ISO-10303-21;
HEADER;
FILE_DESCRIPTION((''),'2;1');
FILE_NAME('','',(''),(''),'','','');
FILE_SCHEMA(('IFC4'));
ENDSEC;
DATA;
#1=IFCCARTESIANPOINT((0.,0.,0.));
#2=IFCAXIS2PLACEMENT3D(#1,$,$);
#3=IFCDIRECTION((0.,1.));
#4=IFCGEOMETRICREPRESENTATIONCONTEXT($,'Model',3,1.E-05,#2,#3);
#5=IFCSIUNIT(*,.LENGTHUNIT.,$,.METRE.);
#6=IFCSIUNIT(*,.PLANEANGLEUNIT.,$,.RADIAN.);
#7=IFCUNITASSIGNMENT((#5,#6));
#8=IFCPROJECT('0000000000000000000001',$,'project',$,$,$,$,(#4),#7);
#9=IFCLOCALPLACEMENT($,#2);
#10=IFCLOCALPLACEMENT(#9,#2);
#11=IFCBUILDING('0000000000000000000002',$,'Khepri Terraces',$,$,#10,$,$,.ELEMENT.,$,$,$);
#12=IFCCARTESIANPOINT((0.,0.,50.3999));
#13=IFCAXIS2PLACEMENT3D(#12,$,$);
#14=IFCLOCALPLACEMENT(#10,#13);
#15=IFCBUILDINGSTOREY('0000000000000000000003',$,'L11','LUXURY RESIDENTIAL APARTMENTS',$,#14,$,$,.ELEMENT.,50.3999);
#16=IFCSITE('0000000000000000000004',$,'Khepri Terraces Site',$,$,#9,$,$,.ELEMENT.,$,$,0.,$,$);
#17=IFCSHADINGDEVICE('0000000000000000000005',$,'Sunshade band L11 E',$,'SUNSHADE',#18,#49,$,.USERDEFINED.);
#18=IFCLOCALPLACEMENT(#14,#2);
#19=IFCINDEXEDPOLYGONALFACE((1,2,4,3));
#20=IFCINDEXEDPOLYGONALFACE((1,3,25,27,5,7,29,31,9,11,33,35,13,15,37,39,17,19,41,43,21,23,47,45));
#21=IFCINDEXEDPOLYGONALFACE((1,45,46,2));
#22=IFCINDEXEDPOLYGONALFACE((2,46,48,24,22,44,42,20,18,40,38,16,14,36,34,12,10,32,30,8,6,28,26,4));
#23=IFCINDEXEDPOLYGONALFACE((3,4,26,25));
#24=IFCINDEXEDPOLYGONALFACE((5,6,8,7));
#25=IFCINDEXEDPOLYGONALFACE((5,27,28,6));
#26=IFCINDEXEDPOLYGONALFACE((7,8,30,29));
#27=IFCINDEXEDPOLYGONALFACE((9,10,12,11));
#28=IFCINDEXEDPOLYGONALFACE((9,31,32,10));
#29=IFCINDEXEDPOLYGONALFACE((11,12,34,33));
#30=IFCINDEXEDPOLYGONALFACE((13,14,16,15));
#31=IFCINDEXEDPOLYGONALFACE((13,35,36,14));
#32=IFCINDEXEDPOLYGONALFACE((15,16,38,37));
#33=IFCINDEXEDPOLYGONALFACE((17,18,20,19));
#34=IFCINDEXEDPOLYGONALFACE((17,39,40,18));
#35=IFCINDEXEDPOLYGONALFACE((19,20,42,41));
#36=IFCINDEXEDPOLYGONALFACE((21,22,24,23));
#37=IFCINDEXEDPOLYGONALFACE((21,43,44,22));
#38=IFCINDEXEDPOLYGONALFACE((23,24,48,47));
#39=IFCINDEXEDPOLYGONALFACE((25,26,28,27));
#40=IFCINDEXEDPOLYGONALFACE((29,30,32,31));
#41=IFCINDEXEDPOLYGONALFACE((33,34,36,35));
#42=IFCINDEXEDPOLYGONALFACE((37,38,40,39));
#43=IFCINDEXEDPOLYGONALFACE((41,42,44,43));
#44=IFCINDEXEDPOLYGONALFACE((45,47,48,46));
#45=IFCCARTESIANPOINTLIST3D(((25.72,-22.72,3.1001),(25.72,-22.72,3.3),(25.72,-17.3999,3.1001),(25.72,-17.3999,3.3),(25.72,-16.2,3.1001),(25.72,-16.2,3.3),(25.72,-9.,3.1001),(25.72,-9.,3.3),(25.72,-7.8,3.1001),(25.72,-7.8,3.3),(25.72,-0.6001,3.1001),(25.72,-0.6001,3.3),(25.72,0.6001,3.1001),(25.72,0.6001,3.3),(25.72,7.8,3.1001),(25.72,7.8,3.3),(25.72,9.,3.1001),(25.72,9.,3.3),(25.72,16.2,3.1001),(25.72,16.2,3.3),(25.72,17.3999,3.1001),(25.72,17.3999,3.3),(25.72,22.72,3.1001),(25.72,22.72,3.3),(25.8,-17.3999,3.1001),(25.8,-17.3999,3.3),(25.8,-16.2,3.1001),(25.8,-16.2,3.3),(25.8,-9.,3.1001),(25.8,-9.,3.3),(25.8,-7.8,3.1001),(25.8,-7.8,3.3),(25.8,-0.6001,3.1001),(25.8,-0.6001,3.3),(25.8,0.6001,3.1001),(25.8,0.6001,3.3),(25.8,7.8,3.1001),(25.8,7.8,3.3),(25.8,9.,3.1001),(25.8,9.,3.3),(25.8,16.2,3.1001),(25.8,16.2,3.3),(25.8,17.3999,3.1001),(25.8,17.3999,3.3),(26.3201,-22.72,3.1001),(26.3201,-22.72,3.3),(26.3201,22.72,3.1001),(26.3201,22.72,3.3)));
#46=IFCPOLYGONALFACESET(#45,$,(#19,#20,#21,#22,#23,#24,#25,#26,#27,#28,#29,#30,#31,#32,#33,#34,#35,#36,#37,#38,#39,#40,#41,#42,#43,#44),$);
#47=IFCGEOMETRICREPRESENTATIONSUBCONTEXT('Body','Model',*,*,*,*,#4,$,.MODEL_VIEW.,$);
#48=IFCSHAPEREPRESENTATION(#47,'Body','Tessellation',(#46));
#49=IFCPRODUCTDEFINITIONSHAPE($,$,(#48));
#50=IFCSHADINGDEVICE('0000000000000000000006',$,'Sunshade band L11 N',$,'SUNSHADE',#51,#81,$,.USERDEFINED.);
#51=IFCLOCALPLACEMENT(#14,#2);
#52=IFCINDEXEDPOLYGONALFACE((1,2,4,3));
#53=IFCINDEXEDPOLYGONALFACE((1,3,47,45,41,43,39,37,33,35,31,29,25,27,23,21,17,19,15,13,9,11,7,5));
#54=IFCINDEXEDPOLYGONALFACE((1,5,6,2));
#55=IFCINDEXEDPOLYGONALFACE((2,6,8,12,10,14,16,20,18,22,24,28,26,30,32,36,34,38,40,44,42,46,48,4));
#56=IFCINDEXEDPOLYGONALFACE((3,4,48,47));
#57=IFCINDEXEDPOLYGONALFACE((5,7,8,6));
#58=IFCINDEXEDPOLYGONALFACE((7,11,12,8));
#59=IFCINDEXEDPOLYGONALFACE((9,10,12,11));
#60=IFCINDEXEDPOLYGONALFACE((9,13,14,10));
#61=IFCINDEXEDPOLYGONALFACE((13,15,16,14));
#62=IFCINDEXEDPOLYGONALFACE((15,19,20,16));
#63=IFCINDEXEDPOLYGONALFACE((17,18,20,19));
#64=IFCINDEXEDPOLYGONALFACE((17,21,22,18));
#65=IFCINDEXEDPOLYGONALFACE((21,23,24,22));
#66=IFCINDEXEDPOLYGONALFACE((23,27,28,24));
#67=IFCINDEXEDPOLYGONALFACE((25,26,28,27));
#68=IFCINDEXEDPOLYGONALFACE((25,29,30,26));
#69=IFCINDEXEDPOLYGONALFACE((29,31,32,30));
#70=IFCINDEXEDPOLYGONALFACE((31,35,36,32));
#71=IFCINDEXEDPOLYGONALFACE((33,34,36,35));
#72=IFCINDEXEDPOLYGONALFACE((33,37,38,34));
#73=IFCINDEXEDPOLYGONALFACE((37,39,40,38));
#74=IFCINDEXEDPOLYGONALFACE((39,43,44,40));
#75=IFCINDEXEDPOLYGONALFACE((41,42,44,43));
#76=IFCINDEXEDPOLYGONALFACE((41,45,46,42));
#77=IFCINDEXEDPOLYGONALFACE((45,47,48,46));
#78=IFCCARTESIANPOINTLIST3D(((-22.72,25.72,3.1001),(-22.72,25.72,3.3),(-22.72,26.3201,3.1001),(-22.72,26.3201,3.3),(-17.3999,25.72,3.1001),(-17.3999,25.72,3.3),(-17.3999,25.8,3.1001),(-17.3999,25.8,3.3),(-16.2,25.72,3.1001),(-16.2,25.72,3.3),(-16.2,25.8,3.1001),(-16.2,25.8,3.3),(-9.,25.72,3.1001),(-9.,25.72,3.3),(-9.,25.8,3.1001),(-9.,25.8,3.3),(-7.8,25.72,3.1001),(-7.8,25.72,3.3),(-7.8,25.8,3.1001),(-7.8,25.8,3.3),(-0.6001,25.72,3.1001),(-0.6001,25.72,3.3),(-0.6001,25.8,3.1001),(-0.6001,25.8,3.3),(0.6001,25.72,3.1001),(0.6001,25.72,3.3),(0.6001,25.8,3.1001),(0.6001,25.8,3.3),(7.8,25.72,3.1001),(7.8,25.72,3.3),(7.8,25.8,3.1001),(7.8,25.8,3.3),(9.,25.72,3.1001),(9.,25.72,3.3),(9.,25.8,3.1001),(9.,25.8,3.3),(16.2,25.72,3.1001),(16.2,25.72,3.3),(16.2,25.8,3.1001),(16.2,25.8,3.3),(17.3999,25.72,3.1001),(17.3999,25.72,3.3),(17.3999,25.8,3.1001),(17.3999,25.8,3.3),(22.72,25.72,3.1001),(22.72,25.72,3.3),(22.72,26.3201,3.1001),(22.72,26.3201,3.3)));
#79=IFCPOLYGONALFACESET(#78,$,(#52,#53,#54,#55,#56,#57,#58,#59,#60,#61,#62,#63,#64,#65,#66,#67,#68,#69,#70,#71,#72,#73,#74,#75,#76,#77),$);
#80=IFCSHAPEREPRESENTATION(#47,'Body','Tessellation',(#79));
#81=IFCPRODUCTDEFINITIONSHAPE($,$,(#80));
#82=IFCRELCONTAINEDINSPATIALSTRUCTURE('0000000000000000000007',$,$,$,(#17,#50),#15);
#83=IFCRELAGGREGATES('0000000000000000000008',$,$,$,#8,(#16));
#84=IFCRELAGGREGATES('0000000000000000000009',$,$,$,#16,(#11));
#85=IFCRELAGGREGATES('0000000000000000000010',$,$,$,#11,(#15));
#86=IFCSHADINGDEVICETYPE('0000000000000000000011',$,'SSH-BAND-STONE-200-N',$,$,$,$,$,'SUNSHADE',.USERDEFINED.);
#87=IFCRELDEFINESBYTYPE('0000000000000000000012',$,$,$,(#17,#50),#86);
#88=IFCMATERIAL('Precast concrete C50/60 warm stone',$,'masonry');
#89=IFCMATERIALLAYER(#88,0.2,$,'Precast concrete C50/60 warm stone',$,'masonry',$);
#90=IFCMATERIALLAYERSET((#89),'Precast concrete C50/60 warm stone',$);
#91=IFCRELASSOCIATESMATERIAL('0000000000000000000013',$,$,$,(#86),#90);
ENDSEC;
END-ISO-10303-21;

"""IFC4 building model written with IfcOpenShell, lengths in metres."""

from ifc_helpers import new_model, si_unit, direction, frame, origin, place, context, subcontext, project, spatial, polyline, outline, extrude, material, layer, layer_set, type_object, element, save


model = new_model("IFC4")

# Units and contexts
model_context = context("Model", 3, precision=1e-05, world=origin(), true_north=direction((0.0, 1.0)))
body_context = subcontext(model_context, "Body", "Model", "MODEL_VIEW")
ifc_project = project(units=[si_unit("LENGTHUNIT", "METRE"), si_unit("PLANEANGLEUNIT", "RADIAN")], contexts=[model_context])

# Site, building, storey
site_placement = place(None, origin())
site = spatial("IfcSite", under=ifc_project, at=site_placement, Name="Khepri Terraces Site", CompositionType="ELEMENT", RefElevation=0.0)
building_placement = place(site_placement, origin())
building = spatial("IfcBuilding", under=site, at=building_placement, Name="Khepri Terraces", CompositionType="ELEMENT")
storey_placement = place(building_placement, frame((0.0, 0.0, 50.3999)))
storey = spatial("IfcBuildingStorey", under=building, at=storey_placement, Name="L11", Description="LUXURY RESIDENTIAL APARTMENTS", CompositionType="ELEMENT", Elevation=50.3999)

# Shading devices
ifc_material_1 = material(Name="Precast concrete C50/60 warm stone", Category="masonry")
ifc_layer_1 = layer(ifc_material_1, 0.2, Name="Precast concrete C50/60 warm stone", Category="masonry")
ifc_layer_set_1 = layer_set([ifc_layer_1], Name="Precast concrete C50/60 warm stone")
shading_device_type_1 = type_object("IfcShadingDeviceType", Name="SSH-BAND-STONE-200-N", ElementType="SUNSHADE", PredefinedType="USERDEFINED", material=ifc_layer_set_1)
shading_device_1_placement = place(storey_placement, frame((0.0, 0.0, 3.1001)))
element("IfcShadingDevice", 1, at=shading_device_1_placement, inside=storey, type_object=shading_device_type_1, Name="Sunshade band L11 E", ObjectType="SUNSHADE", PredefinedType="USERDEFINED", context=body_context, shape_type="SweptSolid", body=[
    extrude(outline(polyline([(25.72, -17.3999), (25.72, -22.72), (26.3201, -22.72), (26.3201, 22.72), (25.72, 22.72), (25.72, 17.3999), (25.8, 17.3999), (25.8, 16.2), (25.72, 16.2), (25.72, 9.0), (25.8, 9.0), (25.8, 7.8), (25.72, 7.8), (25.72, 0.6001), (25.8, 0.6001), (25.8, -0.6001), (25.72, -0.6001), (25.72, -7.8), (25.8, -7.8), (25.8, -9.0), (25.72, -9.0), (25.72, -16.2), (25.8, -16.2), (25.8, -17.3999), (25.72, -17.3999)])), origin(), (0.0, 0.0, 1.0), 0.2),
])
shading_device_2_placement = place(storey_placement, frame((0.0, 0.0, 3.1001)))
element("IfcShadingDevice", 2, at=shading_device_2_placement, inside=storey, type_object=shading_device_type_1, Name="Sunshade band L11 N", ObjectType="SUNSHADE", PredefinedType="USERDEFINED", context=body_context, shape_type="SweptSolid", body=[
    extrude(outline(polyline([(17.3999, 25.72), (22.72, 25.72), (22.72, 26.3201), (-22.72, 26.3201), (-22.72, 25.72), (-17.3999, 25.72), (-17.3999, 25.8), (-16.2, 25.8), (-16.2, 25.72), (-9.0, 25.72), (-9.0, 25.8), (-7.8, 25.8), (-7.8, 25.72), (-0.6001, 25.72), (-0.6001, 25.8), (0.6001, 25.8), (0.6001, 25.72), (7.8, 25.72), (7.8, 25.8), (9.0, 25.8), (9.0, 25.72), (16.2, 25.72), (16.2, 25.8), (17.3999, 25.8), (17.3999, 25.72)])), origin(), (0.0, 0.0, 1.0), 0.2),
])

save(model, "model.ifc")
